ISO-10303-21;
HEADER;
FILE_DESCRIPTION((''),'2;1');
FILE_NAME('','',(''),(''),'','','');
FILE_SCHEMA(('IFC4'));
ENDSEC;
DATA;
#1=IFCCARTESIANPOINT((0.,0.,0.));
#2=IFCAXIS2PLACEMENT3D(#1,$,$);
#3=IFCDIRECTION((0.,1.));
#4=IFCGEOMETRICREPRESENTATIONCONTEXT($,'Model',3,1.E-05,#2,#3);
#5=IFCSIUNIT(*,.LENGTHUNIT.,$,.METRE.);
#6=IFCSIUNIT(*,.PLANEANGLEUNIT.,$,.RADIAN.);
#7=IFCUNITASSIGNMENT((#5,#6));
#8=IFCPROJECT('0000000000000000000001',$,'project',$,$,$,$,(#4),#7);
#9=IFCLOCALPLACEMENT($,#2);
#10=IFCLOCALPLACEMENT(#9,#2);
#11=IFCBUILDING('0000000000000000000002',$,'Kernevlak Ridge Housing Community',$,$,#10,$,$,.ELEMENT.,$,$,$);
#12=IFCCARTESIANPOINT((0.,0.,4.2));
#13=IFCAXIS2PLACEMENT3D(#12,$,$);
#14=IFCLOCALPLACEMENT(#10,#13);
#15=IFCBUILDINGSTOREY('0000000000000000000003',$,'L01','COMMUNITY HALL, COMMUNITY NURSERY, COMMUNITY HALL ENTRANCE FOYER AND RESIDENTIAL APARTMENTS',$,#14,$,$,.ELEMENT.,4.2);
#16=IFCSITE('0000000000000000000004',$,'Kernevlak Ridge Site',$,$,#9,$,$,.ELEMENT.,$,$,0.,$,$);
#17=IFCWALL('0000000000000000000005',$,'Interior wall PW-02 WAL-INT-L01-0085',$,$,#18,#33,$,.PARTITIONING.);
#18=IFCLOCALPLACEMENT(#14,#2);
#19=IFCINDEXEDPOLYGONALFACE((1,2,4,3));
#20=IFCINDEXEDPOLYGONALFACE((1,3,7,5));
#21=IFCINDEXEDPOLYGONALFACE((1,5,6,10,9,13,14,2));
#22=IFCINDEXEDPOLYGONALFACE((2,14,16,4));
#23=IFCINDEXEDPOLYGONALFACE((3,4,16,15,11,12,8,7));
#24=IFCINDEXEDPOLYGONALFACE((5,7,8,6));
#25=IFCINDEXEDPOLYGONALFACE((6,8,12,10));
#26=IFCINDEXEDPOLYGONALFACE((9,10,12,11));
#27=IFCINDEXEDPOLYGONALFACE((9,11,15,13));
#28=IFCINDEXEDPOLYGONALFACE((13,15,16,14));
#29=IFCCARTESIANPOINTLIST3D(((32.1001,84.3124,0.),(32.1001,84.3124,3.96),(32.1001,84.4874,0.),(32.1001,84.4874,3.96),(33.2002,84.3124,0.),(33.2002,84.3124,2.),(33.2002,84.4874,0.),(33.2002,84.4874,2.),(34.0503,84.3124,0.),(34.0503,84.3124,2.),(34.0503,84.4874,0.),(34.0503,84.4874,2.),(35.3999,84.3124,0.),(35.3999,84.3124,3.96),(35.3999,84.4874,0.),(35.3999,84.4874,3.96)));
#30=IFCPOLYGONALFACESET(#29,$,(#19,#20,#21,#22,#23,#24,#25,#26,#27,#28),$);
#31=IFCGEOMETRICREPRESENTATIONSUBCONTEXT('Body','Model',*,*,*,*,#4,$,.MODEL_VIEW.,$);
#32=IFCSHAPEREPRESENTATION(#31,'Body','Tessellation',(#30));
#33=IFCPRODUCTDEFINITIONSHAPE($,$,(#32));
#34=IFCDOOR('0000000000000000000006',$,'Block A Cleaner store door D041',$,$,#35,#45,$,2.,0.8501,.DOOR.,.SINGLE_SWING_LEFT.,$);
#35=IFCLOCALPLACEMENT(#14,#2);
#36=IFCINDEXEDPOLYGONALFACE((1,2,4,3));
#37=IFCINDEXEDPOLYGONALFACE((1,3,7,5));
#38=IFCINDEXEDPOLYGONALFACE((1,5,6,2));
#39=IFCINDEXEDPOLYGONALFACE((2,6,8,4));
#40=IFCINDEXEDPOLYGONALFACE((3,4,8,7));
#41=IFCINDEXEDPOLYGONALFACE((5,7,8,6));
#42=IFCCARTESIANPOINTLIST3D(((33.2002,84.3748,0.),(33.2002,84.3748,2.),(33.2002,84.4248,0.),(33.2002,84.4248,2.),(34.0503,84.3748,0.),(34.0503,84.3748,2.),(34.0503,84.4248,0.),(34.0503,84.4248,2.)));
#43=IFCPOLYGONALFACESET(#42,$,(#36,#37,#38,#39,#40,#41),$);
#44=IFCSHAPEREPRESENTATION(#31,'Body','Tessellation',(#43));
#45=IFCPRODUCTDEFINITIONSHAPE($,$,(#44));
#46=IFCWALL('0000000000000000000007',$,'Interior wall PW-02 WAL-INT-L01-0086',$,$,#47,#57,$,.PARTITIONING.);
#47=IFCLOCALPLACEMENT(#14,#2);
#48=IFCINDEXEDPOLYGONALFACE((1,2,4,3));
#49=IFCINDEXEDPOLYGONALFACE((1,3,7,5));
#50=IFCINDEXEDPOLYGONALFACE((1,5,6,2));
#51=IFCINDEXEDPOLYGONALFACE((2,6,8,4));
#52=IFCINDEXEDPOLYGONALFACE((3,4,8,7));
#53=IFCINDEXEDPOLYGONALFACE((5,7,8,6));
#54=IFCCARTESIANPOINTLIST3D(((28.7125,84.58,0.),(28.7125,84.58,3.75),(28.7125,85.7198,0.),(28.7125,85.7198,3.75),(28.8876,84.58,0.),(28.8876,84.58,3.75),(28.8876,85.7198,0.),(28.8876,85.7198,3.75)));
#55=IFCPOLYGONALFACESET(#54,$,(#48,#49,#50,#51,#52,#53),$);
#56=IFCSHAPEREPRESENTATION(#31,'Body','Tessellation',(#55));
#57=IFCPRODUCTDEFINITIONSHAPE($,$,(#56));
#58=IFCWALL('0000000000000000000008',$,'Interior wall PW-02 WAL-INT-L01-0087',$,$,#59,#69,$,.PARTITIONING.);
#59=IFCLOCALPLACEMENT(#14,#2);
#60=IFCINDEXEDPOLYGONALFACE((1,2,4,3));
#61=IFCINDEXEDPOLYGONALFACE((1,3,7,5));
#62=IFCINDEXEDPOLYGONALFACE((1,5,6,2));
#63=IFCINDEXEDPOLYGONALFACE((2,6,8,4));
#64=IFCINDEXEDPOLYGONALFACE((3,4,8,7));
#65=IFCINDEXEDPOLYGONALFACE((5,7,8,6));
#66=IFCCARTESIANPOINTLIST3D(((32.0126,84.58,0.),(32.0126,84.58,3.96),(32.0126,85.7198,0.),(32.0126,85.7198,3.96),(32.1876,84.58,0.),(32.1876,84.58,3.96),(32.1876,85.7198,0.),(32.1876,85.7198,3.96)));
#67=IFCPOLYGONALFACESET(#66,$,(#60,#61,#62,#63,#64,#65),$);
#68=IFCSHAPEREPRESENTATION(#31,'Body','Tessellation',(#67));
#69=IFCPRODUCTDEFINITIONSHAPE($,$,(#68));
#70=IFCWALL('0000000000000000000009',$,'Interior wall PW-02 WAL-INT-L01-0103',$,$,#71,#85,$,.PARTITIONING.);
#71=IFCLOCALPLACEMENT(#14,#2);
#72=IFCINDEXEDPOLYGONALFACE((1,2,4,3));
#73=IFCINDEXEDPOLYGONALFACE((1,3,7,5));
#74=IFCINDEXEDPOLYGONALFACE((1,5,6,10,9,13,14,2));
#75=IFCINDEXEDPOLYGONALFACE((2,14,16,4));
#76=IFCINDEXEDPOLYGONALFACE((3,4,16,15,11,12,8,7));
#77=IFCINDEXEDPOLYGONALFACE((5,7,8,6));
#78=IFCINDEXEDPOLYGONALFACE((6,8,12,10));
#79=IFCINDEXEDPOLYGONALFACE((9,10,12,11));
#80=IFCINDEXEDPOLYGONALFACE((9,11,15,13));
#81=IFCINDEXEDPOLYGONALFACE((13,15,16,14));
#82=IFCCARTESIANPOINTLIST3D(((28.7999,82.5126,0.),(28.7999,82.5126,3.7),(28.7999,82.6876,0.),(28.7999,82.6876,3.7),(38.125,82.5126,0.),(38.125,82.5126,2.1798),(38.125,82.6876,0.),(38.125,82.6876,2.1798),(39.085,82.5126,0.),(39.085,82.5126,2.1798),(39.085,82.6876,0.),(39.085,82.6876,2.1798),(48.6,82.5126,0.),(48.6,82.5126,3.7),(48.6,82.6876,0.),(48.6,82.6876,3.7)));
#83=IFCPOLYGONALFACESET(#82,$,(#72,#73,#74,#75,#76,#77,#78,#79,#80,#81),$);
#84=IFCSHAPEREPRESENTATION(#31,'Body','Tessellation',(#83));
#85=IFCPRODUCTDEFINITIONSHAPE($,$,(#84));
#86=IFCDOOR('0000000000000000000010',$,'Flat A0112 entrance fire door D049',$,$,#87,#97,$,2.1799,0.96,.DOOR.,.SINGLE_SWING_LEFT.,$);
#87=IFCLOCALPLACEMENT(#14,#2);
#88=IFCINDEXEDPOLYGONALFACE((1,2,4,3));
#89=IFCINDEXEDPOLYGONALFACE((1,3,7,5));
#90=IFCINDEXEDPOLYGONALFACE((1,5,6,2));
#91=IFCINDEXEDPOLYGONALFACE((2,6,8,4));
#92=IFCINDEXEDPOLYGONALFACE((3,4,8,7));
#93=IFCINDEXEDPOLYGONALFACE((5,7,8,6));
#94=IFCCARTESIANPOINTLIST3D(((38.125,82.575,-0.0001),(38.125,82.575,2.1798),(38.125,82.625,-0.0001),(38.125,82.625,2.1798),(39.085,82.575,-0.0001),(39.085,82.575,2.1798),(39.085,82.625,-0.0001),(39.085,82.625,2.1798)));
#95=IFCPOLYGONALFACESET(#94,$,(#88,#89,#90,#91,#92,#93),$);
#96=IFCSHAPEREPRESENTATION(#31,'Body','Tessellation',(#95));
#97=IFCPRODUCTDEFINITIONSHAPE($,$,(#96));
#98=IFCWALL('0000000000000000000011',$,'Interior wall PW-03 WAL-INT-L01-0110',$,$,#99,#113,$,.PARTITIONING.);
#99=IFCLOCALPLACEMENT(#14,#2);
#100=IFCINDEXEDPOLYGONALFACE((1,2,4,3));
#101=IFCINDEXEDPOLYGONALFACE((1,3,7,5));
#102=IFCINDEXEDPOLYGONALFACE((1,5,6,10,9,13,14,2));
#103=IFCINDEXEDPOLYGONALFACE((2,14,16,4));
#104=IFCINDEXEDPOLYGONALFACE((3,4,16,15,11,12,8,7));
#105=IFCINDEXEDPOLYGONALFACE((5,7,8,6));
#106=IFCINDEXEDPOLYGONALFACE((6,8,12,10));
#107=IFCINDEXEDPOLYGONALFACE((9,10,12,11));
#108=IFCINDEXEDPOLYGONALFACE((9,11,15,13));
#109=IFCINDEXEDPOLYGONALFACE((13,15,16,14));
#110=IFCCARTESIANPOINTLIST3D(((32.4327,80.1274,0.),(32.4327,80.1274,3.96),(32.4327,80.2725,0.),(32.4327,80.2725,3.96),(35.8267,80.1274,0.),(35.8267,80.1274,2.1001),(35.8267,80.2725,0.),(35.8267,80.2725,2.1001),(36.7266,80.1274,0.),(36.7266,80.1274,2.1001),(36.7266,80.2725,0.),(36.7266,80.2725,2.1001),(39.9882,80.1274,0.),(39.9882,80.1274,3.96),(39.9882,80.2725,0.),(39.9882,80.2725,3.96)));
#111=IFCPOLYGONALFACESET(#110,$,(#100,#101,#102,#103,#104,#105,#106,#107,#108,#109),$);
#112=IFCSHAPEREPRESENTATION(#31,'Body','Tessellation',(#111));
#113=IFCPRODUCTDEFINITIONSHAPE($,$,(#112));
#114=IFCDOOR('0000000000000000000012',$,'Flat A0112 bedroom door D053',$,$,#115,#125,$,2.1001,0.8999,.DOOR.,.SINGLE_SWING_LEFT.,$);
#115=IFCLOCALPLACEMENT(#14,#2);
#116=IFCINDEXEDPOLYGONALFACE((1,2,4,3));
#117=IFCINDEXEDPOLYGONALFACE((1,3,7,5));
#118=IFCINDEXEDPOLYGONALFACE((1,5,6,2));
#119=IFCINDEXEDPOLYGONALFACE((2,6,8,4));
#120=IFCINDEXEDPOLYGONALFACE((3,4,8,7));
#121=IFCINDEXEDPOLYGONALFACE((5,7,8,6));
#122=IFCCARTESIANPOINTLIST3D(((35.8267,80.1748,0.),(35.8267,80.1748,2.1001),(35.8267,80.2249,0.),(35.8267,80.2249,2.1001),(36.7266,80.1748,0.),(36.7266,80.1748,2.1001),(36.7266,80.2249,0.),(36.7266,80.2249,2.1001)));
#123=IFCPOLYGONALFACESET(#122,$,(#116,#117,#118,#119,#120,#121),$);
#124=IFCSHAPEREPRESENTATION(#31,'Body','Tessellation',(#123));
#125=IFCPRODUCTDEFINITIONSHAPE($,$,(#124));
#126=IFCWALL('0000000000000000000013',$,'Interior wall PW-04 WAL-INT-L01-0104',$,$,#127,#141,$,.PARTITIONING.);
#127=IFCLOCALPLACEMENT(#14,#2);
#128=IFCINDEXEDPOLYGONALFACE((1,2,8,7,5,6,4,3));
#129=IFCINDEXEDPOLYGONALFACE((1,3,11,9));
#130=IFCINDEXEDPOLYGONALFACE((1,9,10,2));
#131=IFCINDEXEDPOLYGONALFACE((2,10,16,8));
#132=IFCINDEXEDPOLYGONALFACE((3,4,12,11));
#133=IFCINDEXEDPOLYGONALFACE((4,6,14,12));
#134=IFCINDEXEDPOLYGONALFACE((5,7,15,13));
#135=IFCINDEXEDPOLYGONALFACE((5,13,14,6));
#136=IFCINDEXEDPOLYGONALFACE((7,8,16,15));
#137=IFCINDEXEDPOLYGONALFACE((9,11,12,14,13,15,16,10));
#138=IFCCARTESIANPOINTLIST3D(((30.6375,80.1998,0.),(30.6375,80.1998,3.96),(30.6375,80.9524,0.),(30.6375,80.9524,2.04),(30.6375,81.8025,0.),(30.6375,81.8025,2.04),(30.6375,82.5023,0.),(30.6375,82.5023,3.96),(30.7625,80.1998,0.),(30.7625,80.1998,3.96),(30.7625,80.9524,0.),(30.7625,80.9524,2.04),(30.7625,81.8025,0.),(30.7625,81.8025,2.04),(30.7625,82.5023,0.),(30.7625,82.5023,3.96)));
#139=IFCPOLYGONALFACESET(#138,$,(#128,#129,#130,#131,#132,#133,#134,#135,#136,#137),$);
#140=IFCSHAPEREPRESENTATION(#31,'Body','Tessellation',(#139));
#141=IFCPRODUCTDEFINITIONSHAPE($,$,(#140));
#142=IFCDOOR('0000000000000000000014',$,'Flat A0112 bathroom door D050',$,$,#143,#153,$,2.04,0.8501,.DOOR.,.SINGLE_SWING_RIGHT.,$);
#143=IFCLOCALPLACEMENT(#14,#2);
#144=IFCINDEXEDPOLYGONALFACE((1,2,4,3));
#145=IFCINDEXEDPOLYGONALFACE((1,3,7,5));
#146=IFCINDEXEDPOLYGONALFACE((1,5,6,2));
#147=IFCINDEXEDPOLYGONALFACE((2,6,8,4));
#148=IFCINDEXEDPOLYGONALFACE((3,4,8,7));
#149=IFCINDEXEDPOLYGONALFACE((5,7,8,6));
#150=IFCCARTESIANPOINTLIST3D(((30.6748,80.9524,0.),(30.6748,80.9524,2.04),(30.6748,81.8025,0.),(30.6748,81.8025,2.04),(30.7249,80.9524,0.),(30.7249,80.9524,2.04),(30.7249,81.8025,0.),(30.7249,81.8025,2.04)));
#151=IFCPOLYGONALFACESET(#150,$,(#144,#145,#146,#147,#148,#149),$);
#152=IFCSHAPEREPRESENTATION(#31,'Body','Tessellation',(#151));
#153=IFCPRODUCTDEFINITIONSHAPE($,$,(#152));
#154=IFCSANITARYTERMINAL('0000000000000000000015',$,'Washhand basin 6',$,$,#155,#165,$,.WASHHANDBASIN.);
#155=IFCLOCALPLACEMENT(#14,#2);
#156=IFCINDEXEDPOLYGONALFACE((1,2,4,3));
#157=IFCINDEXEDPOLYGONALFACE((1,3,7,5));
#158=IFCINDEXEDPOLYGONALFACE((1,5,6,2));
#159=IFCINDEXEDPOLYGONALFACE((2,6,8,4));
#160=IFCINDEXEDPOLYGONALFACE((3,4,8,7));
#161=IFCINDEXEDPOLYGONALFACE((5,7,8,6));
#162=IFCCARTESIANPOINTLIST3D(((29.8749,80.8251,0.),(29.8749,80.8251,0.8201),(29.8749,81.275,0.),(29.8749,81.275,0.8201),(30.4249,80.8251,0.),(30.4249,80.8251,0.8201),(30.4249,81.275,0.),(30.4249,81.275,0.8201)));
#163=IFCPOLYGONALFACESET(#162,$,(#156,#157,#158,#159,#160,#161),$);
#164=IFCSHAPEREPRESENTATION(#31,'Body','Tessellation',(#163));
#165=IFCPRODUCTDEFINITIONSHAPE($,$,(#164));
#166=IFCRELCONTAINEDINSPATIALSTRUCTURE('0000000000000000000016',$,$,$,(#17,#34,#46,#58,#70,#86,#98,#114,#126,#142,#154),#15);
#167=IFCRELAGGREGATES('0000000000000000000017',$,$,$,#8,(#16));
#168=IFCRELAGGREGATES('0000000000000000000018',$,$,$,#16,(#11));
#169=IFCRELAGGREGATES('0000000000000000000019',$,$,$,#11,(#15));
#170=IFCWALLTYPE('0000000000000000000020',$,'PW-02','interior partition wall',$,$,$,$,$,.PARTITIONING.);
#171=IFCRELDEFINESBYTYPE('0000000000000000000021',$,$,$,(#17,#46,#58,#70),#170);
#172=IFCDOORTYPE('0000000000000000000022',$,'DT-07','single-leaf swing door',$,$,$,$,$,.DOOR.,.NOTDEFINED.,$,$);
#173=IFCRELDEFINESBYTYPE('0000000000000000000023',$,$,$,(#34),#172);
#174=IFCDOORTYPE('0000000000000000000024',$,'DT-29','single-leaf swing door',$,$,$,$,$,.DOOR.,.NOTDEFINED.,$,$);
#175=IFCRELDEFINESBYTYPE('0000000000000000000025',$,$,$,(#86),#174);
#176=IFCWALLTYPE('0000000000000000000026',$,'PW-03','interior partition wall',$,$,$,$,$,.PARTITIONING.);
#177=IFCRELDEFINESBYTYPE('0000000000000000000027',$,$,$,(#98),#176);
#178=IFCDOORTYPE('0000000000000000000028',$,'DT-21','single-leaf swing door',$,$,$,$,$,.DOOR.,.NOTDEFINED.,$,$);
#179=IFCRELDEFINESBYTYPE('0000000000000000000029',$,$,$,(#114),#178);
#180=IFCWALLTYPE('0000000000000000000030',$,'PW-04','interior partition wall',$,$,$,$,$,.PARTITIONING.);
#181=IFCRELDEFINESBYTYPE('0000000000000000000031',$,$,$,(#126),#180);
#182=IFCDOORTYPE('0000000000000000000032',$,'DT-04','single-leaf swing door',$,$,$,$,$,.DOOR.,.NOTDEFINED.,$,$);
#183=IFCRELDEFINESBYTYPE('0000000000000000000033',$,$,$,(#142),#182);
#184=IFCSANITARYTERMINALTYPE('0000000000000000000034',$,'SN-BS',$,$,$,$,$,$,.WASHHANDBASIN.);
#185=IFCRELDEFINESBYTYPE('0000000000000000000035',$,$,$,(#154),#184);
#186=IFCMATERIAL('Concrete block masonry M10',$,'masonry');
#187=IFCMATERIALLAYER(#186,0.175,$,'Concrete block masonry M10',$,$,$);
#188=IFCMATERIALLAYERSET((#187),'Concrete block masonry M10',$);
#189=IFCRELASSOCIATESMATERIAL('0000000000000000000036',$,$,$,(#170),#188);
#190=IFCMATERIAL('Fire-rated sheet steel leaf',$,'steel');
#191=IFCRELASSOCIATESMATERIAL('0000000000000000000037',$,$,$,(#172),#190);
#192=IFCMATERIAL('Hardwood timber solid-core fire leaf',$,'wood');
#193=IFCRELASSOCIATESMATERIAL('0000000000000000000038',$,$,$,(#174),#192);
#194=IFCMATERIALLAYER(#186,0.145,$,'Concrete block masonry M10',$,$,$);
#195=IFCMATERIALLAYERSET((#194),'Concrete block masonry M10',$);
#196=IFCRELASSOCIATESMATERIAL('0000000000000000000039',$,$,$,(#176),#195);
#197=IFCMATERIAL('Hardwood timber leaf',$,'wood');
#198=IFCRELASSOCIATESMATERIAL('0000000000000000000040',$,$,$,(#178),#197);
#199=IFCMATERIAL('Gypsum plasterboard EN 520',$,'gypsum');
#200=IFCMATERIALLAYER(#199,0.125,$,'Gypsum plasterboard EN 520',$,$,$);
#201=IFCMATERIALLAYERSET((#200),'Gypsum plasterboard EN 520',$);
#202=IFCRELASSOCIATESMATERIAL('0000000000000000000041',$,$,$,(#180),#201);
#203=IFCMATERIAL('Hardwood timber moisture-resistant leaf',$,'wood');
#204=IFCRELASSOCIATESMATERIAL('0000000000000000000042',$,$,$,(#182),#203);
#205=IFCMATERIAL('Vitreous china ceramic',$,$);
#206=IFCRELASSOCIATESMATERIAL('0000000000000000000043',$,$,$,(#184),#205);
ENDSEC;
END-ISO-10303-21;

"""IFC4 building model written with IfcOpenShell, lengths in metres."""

from ifc_helpers import new_model, si_unit, direction, frame, frame_2d, origin, origin_2d, place, context, subcontext, project, spatial, rectangle, extrude, material, layer, layer_set, type_object, element, fill, save


model = new_model("IFC4")

# Units and contexts
model_context = context("Model", 3, precision=1e-05, world=origin(), true_north=direction((0.0, 1.0)))
body_context = subcontext(model_context, "Body", "Model", "MODEL_VIEW")
ifc_project = project(units=[si_unit("LENGTHUNIT", "METRE"), si_unit("PLANEANGLEUNIT", "RADIAN")], contexts=[model_context])

# Site, building, storey
site_placement = place(None, origin())
site = spatial("IfcSite", under=ifc_project, at=site_placement, Name="Kernevlak Ridge Site", CompositionType="ELEMENT", RefElevation=0.0)
building_placement = place(site_placement, origin())
building = spatial("IfcBuilding", under=site, at=building_placement, Name="Kernevlak Ridge Housing Community", CompositionType="ELEMENT")
storey_placement = place(building_placement, frame((0.0, 0.0, 4.2)))
storey = spatial("IfcBuildingStorey", under=building, at=storey_placement, Name="L01", Description="COMMUNITY HALL, COMMUNITY NURSERY, COMMUNITY HALL ENTRANCE FOYER AND RESIDENTIAL APARTMENTS", CompositionType="ELEMENT", Elevation=4.2)

# Wall, opening, door
ifc_material_1 = material(Name="Concrete block masonry M10", Category="masonry")
ifc_layer_1 = layer(ifc_material_1, 0.175, Name="Concrete block masonry M10")
ifc_layer_set_1 = layer_set([ifc_layer_1], Name="Concrete block masonry M10")
wall_type_1 = type_object("IfcWallType", Name="PW-02", Description="interior partition wall", PredefinedType="PARTITIONING", material=ifc_layer_set_1)
ifc_material_2 = material(Name="Fire-rated sheet steel leaf", Category="steel")
wall_1_placement = place(storey_placement, frame((32.1001, 84.3999, 0.0), z_axis=(0.0, 0.0, 1.0), x_axis=(1.0, 0.0, 0.0)))
wall_1 = element("IfcWall", 1, at=wall_1_placement, inside=storey, type_object=wall_type_1, Name="Interior wall PW-02 WAL-INT-L01-0085", PredefinedType="PARTITIONING", context=body_context, shape_type="SweptSolid", body=[
    extrude(rectangle(XDim=3.2998, YDim=0.175, at=frame_2d((1.6499, 0.0))), origin(), (0.0, 0.0, 1.0), 3.96),
])
opening_1_placement = place(wall_1_placement, frame((1.1001, 0.0, 0.0)))
opening_1 = element("IfcOpeningElement", 2, at=opening_1_placement, cuts=wall_1, PredefinedType="OPENING", context=body_context, shape_type="SweptSolid", body=[
    extrude(rectangle(XDim=0.8501, YDim=2.0, at=frame_2d((0.425, 1.0))), frame((0.0, 0.0974, 0.0), z_axis=(0.0, -1.0, 0.0), x_axis=(1.0, 0.0, 0.0)), (0.0, 0.0, 1.0), 0.1951),
])
door_type_1 = type_object("IfcDoorType", Name="DT-07", Description="single-leaf swing door", OperationType="NOTDEFINED", PredefinedType="DOOR", material=ifc_material_2)
door_1_placement = place(opening_1_placement, origin())
door_1 = element("IfcDoor", 3, at=door_1_placement, inside=storey, type_object=door_type_1, Name="Block A Cleaner store door D041", OperationType="SINGLE_SWING_LEFT", OverallHeight=2.0, OverallWidth=0.8501, PredefinedType="DOOR", context=body_context, shape_type="SweptSolid", body=[
    extrude(rectangle(XDim=0.8501, YDim=2.0, at=frame_2d((0.425, 1.0))), frame((0.0, 0.0249, 0.0), z_axis=(0.0, -1.0, 0.0), x_axis=(1.0, 0.0, 0.0)), (0.0, 0.0, 1.0), 0.05),
])
fill(opening_1, door_1)

# Walls
wall_2_placement = place(storey_placement, frame((28.8, 84.5801, 0.0), z_axis=(0.0, 0.0, 1.0), x_axis=(0.0, 1.0, 0.0)))
element("IfcWall", 4, at=wall_2_placement, inside=storey, type_object=wall_type_1, Name="Interior wall PW-02 WAL-INT-L01-0086", PredefinedType="PARTITIONING", context=body_context, shape_type="SweptSolid", body=[
    extrude(rectangle(XDim=1.1399, YDim=0.175, at=frame_2d((0.5698, 0.0))), origin(), (0.0, 0.0, 1.0), 3.75),
])
wall_3_placement = place(storey_placement, frame((32.1001, 84.5801, 0.0), z_axis=(0.0, 0.0, 1.0), x_axis=(0.0, 1.0, 0.0)))
element("IfcWall", 5, at=wall_3_placement, inside=storey, type_object=wall_type_1, Name="Interior wall PW-02 WAL-INT-L01-0087", PredefinedType="PARTITIONING", context=body_context, shape_type="SweptSolid", body=[
    extrude(rectangle(XDim=1.1399, YDim=0.175, at=frame_2d((0.5698, 0.0))), origin(), (0.0, 0.0, 1.0), 3.96),
])

# Walls, openings, doors
wall_4_placement = place(storey_placement, frame((28.8, 82.6001, 0.0), z_axis=(0.0, 0.0, 1.0), x_axis=(1.0, 0.0, 0.0)))
wall_4 = element("IfcWall", 6, at=wall_4_placement, inside=storey, type_object=wall_type_1, Name="Interior wall PW-02 WAL-INT-L01-0103", PredefinedType="PARTITIONING", context=body_context, shape_type="SweptSolid", body=[
    extrude(rectangle(XDim=19.8, YDim=0.175, at=frame_2d((9.8999, 0.0))), origin(), (0.0, 0.0, 1.0), 3.7),
])
opening_2_placement = place(wall_4_placement, frame((9.325, 0.0, 0.0)))
opening_2 = element("IfcOpeningElement", 7, at=opening_2_placement, cuts=wall_4, PredefinedType="OPENING", context=body_context, shape_type="SweptSolid", body=[
    extrude(rectangle(XDim=0.96, YDim=2.1799, at=frame_2d((0.48, 1.0898))), frame((0.0, 0.0974, 0.0), z_axis=(0.0, -1.0, 0.0), x_axis=(1.0, 0.0, 0.0)), (0.0, 0.0, 1.0), 0.1951),
])
ifc_material_3 = material(Name="Hardwood timber solid-core fire leaf", Category="wood")
door_type_2 = type_object("IfcDoorType", Name="DT-29", Description="single-leaf swing door", OperationType="NOTDEFINED", PredefinedType="DOOR", material=ifc_material_3)
door_2_placement = place(opening_2_placement, origin())
door_2 = element("IfcDoor", 8, at=door_2_placement, inside=storey, type_object=door_type_2, Name="Flat A0112 entrance fire door D049", OperationType="SINGLE_SWING_LEFT", OverallHeight=2.1799, OverallWidth=0.96, PredefinedType="DOOR", context=body_context, shape_type="SweptSolid", body=[
    extrude(rectangle(XDim=0.96, YDim=2.1799, at=frame_2d((0.48, 1.0898))), frame((0.0, 0.0249, 0.0), z_axis=(0.0, -1.0, 0.0), x_axis=(1.0, 0.0, 0.0)), (0.0, 0.0, 1.0), 0.05),
])
fill(opening_2, door_2)
ifc_layer_2 = layer(ifc_material_1, 0.145, Name="Concrete block masonry M10")
ifc_layer_set_2 = layer_set([ifc_layer_2], Name="Concrete block masonry M10")
wall_type_2 = type_object("IfcWallType", Name="PW-03", Description="interior partition wall", PredefinedType="PARTITIONING", material=ifc_layer_set_2)
wall_5_placement = place(storey_placement, frame((32.4326, 80.2, 0.0), z_axis=(0.0, 0.0, 1.0), x_axis=(1.0, 0.0, 0.0)))
wall_5 = element("IfcWall", 9, at=wall_5_placement, inside=storey, type_object=wall_type_2, Name="Interior wall PW-03 WAL-INT-L01-0110", PredefinedType="PARTITIONING", context=body_context, shape_type="SweptSolid", body=[
    extrude(rectangle(XDim=7.5554, YDim=0.145, at=frame_2d((3.7778, 0.0))), origin(), (0.0, 0.0, 1.0), 3.96),
])
opening_3_placement = place(wall_5_placement, frame((3.394, 0.0, 0.0)))
opening_3 = element("IfcOpeningElement", 10, at=opening_3_placement, cuts=wall_5, PredefinedType="OPENING", context=body_context, shape_type="SweptSolid", body=[
    extrude(rectangle(XDim=0.8999, YDim=2.1001, at=frame_2d((0.45, 1.05))), frame((0.0, 0.0825, 0.0), z_axis=(0.0, -1.0, 0.0), x_axis=(1.0, 0.0, 0.0)), (0.0, 0.0, 1.0), 0.165),
])
ifc_material_4 = material(Name="Hardwood timber leaf", Category="wood")
door_type_3 = type_object("IfcDoorType", Name="DT-21", Description="single-leaf swing door", OperationType="NOTDEFINED", PredefinedType="DOOR", material=ifc_material_4)
door_3_placement = place(opening_3_placement, origin())
door_3 = element("IfcDoor", 11, at=door_3_placement, inside=storey, type_object=door_type_3, Name="Flat A0112 bedroom door D053", OperationType="SINGLE_SWING_LEFT", OverallHeight=2.1001, OverallWidth=0.8999, PredefinedType="DOOR", context=body_context, shape_type="SweptSolid", body=[
    extrude(rectangle(XDim=0.8999, YDim=2.1001, at=frame_2d((0.45, 1.05))), frame((0.0, 0.0249, 0.0), z_axis=(0.0, -1.0, 0.0), x_axis=(1.0, 0.0, 0.0)), (0.0, 0.0, 1.0), 0.05),
])
fill(opening_3, door_3)
ifc_material_5 = material(Name="Gypsum plasterboard EN 520", Category="gypsum")
ifc_layer_3 = layer(ifc_material_5, 0.125, Name="Gypsum plasterboard EN 520")
ifc_layer_set_3 = layer_set([ifc_layer_3], Name="Gypsum plasterboard EN 520")
wall_type_3 = type_object("IfcWallType", Name="PW-04", Description="interior partition wall", PredefinedType="PARTITIONING", material=ifc_layer_set_3)
wall_6_placement = place(storey_placement, frame((30.7, 82.5024, 0.0), z_axis=(0.0, 0.0, 1.0), x_axis=(0.0, -1.0, 0.0)))
wall_6 = element("IfcWall", 12, at=wall_6_placement, inside=storey, type_object=wall_type_3, Name="Interior wall PW-04 WAL-INT-L01-0104", PredefinedType="PARTITIONING", context=body_context, shape_type="SweptSolid", body=[
    extrude(rectangle(XDim=2.3025, YDim=0.125, at=frame_2d((1.1514, 0.0))), origin(), (0.0, 0.0, 1.0), 3.96),
])
opening_4_placement = place(wall_6_placement, frame((0.7, 0.0, 0.0)))
opening_4 = element("IfcOpeningElement", 13, at=opening_4_placement, cuts=wall_6, PredefinedType="OPENING", context=body_context, shape_type="SweptSolid", body=[
    extrude(rectangle(XDim=0.8501, YDim=2.04, at=frame_2d((0.425, 1.02))), frame((0.0, 0.0725, 0.0), z_axis=(0.0, -1.0, 0.0), x_axis=(1.0, 0.0, 0.0)), (0.0, 0.0, 1.0), 0.145),
])
ifc_material_6 = material(Name="Hardwood timber moisture-resistant leaf", Category="wood")
door_type_4 = type_object("IfcDoorType", Name="DT-04", Description="single-leaf swing door", OperationType="NOTDEFINED", PredefinedType="DOOR", material=ifc_material_6)
door_4_placement = place(opening_4_placement, origin())
door_4 = element("IfcDoor", 14, at=door_4_placement, inside=storey, type_object=door_type_4, Name="Flat A0112 bathroom door D050", OperationType="SINGLE_SWING_RIGHT", OverallHeight=2.04, OverallWidth=0.8501, PredefinedType="DOOR", context=body_context, shape_type="SweptSolid", body=[
    extrude(rectangle(XDim=0.8501, YDim=2.04, at=frame_2d((0.425, 1.02))), frame((0.0, 0.0249, 0.0), z_axis=(0.0, -1.0, 0.0), x_axis=(1.0, 0.0, 0.0)), (0.0, 0.0, 1.0), 0.05),
])
fill(opening_4, door_4)

# Sanitary terminal
ifc_material_7 = material(Name="Vitreous china ceramic")
sanitary_terminal_type_1 = type_object("IfcSanitaryTerminalType", Name="SN-BS", PredefinedType="WASHHANDBASIN", material=ifc_material_7)
sanitary_terminal_1_placement = place(storey_placement, frame((30.1499, 81.05, 0.0), z_axis=(0.0, 0.0, 1.0), x_axis=(1.0, 0.0, 0.0)))
element("IfcSanitaryTerminal", 15, at=sanitary_terminal_1_placement, inside=storey, type_object=sanitary_terminal_type_1, Name="Washhand basin 6", PredefinedType="WASHHANDBASIN", context=body_context, shape_type="SweptSolid", body=[
    extrude(rectangle(XDim=0.55, YDim=0.45, at=origin_2d()), origin(), (0.0, 0.0, 1.0), 0.8201),
])

save(model, "model.ifc")
